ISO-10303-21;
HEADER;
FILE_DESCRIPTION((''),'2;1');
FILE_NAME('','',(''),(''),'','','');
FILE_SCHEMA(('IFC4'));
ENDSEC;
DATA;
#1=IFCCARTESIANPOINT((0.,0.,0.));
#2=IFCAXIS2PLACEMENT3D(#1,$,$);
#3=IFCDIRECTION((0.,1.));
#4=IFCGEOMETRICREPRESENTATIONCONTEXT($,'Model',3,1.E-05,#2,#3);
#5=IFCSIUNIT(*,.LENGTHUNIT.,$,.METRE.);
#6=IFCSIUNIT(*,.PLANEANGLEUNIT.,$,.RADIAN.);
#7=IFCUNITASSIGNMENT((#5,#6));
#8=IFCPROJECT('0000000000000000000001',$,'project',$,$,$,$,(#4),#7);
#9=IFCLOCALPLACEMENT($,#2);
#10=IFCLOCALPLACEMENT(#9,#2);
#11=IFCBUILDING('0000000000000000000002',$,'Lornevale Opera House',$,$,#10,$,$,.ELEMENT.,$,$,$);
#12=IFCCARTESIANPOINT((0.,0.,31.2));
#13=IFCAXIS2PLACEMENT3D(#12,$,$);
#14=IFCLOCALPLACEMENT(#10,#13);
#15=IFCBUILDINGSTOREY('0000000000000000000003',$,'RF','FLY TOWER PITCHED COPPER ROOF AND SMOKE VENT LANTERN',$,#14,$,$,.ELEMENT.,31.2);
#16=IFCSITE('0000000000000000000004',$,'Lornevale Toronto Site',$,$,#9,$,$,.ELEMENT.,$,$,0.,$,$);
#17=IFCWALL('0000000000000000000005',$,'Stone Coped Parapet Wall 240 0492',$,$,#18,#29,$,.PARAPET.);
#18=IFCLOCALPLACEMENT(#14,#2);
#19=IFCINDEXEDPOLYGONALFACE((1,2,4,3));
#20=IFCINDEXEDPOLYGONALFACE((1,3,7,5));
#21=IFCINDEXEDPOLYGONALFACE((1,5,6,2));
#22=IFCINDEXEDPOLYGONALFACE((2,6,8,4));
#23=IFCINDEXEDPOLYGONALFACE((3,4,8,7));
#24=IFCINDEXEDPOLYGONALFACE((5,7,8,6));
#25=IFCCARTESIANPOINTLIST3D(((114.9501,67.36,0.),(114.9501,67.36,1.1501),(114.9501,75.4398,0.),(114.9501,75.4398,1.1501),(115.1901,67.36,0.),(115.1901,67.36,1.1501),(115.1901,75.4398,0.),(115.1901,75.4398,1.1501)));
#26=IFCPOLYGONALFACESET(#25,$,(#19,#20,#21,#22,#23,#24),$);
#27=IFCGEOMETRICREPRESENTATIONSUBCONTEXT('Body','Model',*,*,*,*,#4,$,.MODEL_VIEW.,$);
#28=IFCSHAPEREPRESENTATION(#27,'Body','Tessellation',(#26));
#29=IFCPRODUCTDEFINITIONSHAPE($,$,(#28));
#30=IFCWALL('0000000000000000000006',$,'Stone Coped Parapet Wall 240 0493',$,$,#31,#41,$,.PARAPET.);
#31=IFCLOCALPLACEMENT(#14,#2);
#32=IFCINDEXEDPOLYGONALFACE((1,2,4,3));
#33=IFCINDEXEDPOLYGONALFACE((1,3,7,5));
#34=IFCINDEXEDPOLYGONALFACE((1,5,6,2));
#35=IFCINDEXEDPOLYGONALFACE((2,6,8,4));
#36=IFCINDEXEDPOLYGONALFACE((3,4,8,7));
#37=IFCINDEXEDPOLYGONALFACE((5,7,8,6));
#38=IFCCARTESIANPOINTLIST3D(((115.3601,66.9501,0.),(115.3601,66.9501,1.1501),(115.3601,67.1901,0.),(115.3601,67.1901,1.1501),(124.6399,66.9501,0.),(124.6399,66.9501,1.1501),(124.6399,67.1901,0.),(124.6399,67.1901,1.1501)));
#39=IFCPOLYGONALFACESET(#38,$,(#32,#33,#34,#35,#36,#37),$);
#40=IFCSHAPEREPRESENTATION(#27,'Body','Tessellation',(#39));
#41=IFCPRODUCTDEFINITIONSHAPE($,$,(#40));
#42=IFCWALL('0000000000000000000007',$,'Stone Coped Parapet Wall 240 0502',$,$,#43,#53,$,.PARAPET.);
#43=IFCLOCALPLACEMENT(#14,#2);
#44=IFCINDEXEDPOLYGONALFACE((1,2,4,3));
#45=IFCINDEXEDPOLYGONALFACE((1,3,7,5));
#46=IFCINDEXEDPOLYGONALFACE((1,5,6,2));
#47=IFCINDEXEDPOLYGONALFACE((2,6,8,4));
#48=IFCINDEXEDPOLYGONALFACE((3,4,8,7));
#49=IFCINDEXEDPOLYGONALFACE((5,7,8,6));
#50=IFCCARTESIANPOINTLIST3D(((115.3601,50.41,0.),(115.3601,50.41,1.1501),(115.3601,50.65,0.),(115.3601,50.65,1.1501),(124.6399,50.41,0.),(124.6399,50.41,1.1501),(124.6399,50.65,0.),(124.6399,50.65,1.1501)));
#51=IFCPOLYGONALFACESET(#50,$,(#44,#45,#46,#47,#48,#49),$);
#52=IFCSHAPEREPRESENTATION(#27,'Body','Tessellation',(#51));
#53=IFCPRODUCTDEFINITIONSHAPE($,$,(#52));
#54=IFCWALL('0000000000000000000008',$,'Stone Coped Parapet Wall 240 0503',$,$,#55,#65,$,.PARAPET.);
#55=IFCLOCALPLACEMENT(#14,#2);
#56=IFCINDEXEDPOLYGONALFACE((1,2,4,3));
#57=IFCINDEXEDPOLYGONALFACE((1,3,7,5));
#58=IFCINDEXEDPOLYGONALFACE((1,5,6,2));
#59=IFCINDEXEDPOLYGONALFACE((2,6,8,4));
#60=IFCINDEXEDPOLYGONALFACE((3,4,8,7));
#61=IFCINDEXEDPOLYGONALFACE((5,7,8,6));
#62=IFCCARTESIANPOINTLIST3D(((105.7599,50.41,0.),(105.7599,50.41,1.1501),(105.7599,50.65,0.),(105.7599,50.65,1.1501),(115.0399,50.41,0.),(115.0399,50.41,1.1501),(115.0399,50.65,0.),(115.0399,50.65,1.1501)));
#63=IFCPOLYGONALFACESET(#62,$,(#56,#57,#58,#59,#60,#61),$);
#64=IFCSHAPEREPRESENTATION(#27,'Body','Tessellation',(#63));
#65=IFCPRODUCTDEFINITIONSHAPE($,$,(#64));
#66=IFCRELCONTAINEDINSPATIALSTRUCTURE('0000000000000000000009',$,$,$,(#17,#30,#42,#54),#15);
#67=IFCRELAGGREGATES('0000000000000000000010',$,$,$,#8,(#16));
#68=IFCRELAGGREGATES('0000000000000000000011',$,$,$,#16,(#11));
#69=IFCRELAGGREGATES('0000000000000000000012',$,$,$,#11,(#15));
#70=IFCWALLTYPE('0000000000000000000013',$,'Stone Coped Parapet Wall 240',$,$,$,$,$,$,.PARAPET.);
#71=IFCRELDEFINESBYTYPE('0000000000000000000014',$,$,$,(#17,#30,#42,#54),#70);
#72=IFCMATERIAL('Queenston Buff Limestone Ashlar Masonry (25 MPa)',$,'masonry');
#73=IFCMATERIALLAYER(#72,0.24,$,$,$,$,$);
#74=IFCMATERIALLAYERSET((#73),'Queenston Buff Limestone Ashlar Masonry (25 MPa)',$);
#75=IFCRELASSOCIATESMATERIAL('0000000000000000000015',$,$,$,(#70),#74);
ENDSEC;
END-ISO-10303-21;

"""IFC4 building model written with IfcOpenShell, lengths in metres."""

from ifc_helpers import new_model, si_unit, direction, frame, frame_2d, origin, place, context, subcontext, project, spatial, rectangle, extrude, material, layer, layer_set, type_object, element, save


model = new_model("IFC4")

# Units and contexts
model_context = context("Model", 3, precision=1e-05, world=origin(), true_north=direction((0.0, 1.0)))
body_context = subcontext(model_context, "Body", "Model", "MODEL_VIEW")
ifc_project = project(units=[si_unit("LENGTHUNIT", "METRE"), si_unit("PLANEANGLEUNIT", "RADIAN")], contexts=[model_context])

# Site, building, storey
site_placement = place(None, origin())
site = spatial("IfcSite", under=ifc_project, at=site_placement, Name="Lornevale Toronto Site", CompositionType="ELEMENT", RefElevation=0.0)
building_placement = place(site_placement, origin())
building = spatial("IfcBuilding", under=site, at=building_placement, Name="Lornevale Opera House", CompositionType="ELEMENT")
storey_placement = place(building_placement, frame((0.0, 0.0, 31.2)))
storey = spatial("IfcBuildingStorey", under=building, at=storey_placement, Name="RF", Description="FLY TOWER PITCHED COPPER ROOF AND SMOKE VENT LANTERN", CompositionType="ELEMENT", Elevation=31.2)

# Walls
ifc_material_1 = material(Name="Queenston Buff Limestone Ashlar Masonry (25 MPa)", Category="masonry")
ifc_layer = layer(ifc_material_1, 0.24)
ifc_layer_set = layer_set([ifc_layer], Name="Queenston Buff Limestone Ashlar Masonry (25 MPa)")
wall_type = type_object("IfcWallType", Name="Stone Coped Parapet Wall 240", PredefinedType="PARAPET", material=ifc_layer_set)
wall_1_placement = place(storey_placement, frame((115.0701, 75.4399, 0.0), z_axis=(0.0, 0.0, 1.0), x_axis=(0.0, -1.0, 0.0)))
element("IfcWall", 1, at=wall_1_placement, inside=storey, type_object=wall_type, Name="Stone Coped Parapet Wall 240 0492", PredefinedType="PARAPET", context=body_context, shape_type="SweptSolid", body=[
    extrude(rectangle(XDim=8.0798, YDim=0.24, at=frame_2d((4.04, 0.0))), origin(), (0.0, 0.0, 1.0), 1.1501),
])
for number, where, z_axis, x_axis, name in (
    (2, (115.3601, 67.0701, 0.0), (0.0, 0.0, 1.0), (1.0, 0.0, 0.0), "Stone Coped Parapet Wall 240 0493"),
    (3, (124.6399, 50.53, 0.0), (0.0, 0.0, 1.0), (-1.0, 0.0, 0.0), "Stone Coped Parapet Wall 240 0502"),
):
    element("IfcWall", number, at=place(storey_placement, frame(where, z_axis=z_axis, x_axis=x_axis)), inside=storey, type_object=wall_type, Name=name, PredefinedType="PARAPET", context=body_context, shape_type="SweptSolid", body=[
        extrude(rectangle(XDim=9.2798, YDim=0.24, at=frame_2d((4.6399, 0.0))), origin(), (0.0, 0.0, 1.0), 1.1501),
    ])
wall_2_placement = place(storey_placement, frame((115.04, 50.53, 0.0), z_axis=(0.0, 0.0, 1.0), x_axis=(-1.0, 0.0, 0.0)))
element("IfcWall", 4, at=wall_2_placement, inside=storey, type_object=wall_type, Name="Stone Coped Parapet Wall 240 0503", PredefinedType="PARAPET", context=body_context, shape_type="SweptSolid", body=[
    extrude(rectangle(XDim=9.28, YDim=0.24, at=frame_2d((4.6401, 0.0))), origin(), (0.0, 0.0, 1.0), 1.1501),
])

save(model, "model.ifc")
